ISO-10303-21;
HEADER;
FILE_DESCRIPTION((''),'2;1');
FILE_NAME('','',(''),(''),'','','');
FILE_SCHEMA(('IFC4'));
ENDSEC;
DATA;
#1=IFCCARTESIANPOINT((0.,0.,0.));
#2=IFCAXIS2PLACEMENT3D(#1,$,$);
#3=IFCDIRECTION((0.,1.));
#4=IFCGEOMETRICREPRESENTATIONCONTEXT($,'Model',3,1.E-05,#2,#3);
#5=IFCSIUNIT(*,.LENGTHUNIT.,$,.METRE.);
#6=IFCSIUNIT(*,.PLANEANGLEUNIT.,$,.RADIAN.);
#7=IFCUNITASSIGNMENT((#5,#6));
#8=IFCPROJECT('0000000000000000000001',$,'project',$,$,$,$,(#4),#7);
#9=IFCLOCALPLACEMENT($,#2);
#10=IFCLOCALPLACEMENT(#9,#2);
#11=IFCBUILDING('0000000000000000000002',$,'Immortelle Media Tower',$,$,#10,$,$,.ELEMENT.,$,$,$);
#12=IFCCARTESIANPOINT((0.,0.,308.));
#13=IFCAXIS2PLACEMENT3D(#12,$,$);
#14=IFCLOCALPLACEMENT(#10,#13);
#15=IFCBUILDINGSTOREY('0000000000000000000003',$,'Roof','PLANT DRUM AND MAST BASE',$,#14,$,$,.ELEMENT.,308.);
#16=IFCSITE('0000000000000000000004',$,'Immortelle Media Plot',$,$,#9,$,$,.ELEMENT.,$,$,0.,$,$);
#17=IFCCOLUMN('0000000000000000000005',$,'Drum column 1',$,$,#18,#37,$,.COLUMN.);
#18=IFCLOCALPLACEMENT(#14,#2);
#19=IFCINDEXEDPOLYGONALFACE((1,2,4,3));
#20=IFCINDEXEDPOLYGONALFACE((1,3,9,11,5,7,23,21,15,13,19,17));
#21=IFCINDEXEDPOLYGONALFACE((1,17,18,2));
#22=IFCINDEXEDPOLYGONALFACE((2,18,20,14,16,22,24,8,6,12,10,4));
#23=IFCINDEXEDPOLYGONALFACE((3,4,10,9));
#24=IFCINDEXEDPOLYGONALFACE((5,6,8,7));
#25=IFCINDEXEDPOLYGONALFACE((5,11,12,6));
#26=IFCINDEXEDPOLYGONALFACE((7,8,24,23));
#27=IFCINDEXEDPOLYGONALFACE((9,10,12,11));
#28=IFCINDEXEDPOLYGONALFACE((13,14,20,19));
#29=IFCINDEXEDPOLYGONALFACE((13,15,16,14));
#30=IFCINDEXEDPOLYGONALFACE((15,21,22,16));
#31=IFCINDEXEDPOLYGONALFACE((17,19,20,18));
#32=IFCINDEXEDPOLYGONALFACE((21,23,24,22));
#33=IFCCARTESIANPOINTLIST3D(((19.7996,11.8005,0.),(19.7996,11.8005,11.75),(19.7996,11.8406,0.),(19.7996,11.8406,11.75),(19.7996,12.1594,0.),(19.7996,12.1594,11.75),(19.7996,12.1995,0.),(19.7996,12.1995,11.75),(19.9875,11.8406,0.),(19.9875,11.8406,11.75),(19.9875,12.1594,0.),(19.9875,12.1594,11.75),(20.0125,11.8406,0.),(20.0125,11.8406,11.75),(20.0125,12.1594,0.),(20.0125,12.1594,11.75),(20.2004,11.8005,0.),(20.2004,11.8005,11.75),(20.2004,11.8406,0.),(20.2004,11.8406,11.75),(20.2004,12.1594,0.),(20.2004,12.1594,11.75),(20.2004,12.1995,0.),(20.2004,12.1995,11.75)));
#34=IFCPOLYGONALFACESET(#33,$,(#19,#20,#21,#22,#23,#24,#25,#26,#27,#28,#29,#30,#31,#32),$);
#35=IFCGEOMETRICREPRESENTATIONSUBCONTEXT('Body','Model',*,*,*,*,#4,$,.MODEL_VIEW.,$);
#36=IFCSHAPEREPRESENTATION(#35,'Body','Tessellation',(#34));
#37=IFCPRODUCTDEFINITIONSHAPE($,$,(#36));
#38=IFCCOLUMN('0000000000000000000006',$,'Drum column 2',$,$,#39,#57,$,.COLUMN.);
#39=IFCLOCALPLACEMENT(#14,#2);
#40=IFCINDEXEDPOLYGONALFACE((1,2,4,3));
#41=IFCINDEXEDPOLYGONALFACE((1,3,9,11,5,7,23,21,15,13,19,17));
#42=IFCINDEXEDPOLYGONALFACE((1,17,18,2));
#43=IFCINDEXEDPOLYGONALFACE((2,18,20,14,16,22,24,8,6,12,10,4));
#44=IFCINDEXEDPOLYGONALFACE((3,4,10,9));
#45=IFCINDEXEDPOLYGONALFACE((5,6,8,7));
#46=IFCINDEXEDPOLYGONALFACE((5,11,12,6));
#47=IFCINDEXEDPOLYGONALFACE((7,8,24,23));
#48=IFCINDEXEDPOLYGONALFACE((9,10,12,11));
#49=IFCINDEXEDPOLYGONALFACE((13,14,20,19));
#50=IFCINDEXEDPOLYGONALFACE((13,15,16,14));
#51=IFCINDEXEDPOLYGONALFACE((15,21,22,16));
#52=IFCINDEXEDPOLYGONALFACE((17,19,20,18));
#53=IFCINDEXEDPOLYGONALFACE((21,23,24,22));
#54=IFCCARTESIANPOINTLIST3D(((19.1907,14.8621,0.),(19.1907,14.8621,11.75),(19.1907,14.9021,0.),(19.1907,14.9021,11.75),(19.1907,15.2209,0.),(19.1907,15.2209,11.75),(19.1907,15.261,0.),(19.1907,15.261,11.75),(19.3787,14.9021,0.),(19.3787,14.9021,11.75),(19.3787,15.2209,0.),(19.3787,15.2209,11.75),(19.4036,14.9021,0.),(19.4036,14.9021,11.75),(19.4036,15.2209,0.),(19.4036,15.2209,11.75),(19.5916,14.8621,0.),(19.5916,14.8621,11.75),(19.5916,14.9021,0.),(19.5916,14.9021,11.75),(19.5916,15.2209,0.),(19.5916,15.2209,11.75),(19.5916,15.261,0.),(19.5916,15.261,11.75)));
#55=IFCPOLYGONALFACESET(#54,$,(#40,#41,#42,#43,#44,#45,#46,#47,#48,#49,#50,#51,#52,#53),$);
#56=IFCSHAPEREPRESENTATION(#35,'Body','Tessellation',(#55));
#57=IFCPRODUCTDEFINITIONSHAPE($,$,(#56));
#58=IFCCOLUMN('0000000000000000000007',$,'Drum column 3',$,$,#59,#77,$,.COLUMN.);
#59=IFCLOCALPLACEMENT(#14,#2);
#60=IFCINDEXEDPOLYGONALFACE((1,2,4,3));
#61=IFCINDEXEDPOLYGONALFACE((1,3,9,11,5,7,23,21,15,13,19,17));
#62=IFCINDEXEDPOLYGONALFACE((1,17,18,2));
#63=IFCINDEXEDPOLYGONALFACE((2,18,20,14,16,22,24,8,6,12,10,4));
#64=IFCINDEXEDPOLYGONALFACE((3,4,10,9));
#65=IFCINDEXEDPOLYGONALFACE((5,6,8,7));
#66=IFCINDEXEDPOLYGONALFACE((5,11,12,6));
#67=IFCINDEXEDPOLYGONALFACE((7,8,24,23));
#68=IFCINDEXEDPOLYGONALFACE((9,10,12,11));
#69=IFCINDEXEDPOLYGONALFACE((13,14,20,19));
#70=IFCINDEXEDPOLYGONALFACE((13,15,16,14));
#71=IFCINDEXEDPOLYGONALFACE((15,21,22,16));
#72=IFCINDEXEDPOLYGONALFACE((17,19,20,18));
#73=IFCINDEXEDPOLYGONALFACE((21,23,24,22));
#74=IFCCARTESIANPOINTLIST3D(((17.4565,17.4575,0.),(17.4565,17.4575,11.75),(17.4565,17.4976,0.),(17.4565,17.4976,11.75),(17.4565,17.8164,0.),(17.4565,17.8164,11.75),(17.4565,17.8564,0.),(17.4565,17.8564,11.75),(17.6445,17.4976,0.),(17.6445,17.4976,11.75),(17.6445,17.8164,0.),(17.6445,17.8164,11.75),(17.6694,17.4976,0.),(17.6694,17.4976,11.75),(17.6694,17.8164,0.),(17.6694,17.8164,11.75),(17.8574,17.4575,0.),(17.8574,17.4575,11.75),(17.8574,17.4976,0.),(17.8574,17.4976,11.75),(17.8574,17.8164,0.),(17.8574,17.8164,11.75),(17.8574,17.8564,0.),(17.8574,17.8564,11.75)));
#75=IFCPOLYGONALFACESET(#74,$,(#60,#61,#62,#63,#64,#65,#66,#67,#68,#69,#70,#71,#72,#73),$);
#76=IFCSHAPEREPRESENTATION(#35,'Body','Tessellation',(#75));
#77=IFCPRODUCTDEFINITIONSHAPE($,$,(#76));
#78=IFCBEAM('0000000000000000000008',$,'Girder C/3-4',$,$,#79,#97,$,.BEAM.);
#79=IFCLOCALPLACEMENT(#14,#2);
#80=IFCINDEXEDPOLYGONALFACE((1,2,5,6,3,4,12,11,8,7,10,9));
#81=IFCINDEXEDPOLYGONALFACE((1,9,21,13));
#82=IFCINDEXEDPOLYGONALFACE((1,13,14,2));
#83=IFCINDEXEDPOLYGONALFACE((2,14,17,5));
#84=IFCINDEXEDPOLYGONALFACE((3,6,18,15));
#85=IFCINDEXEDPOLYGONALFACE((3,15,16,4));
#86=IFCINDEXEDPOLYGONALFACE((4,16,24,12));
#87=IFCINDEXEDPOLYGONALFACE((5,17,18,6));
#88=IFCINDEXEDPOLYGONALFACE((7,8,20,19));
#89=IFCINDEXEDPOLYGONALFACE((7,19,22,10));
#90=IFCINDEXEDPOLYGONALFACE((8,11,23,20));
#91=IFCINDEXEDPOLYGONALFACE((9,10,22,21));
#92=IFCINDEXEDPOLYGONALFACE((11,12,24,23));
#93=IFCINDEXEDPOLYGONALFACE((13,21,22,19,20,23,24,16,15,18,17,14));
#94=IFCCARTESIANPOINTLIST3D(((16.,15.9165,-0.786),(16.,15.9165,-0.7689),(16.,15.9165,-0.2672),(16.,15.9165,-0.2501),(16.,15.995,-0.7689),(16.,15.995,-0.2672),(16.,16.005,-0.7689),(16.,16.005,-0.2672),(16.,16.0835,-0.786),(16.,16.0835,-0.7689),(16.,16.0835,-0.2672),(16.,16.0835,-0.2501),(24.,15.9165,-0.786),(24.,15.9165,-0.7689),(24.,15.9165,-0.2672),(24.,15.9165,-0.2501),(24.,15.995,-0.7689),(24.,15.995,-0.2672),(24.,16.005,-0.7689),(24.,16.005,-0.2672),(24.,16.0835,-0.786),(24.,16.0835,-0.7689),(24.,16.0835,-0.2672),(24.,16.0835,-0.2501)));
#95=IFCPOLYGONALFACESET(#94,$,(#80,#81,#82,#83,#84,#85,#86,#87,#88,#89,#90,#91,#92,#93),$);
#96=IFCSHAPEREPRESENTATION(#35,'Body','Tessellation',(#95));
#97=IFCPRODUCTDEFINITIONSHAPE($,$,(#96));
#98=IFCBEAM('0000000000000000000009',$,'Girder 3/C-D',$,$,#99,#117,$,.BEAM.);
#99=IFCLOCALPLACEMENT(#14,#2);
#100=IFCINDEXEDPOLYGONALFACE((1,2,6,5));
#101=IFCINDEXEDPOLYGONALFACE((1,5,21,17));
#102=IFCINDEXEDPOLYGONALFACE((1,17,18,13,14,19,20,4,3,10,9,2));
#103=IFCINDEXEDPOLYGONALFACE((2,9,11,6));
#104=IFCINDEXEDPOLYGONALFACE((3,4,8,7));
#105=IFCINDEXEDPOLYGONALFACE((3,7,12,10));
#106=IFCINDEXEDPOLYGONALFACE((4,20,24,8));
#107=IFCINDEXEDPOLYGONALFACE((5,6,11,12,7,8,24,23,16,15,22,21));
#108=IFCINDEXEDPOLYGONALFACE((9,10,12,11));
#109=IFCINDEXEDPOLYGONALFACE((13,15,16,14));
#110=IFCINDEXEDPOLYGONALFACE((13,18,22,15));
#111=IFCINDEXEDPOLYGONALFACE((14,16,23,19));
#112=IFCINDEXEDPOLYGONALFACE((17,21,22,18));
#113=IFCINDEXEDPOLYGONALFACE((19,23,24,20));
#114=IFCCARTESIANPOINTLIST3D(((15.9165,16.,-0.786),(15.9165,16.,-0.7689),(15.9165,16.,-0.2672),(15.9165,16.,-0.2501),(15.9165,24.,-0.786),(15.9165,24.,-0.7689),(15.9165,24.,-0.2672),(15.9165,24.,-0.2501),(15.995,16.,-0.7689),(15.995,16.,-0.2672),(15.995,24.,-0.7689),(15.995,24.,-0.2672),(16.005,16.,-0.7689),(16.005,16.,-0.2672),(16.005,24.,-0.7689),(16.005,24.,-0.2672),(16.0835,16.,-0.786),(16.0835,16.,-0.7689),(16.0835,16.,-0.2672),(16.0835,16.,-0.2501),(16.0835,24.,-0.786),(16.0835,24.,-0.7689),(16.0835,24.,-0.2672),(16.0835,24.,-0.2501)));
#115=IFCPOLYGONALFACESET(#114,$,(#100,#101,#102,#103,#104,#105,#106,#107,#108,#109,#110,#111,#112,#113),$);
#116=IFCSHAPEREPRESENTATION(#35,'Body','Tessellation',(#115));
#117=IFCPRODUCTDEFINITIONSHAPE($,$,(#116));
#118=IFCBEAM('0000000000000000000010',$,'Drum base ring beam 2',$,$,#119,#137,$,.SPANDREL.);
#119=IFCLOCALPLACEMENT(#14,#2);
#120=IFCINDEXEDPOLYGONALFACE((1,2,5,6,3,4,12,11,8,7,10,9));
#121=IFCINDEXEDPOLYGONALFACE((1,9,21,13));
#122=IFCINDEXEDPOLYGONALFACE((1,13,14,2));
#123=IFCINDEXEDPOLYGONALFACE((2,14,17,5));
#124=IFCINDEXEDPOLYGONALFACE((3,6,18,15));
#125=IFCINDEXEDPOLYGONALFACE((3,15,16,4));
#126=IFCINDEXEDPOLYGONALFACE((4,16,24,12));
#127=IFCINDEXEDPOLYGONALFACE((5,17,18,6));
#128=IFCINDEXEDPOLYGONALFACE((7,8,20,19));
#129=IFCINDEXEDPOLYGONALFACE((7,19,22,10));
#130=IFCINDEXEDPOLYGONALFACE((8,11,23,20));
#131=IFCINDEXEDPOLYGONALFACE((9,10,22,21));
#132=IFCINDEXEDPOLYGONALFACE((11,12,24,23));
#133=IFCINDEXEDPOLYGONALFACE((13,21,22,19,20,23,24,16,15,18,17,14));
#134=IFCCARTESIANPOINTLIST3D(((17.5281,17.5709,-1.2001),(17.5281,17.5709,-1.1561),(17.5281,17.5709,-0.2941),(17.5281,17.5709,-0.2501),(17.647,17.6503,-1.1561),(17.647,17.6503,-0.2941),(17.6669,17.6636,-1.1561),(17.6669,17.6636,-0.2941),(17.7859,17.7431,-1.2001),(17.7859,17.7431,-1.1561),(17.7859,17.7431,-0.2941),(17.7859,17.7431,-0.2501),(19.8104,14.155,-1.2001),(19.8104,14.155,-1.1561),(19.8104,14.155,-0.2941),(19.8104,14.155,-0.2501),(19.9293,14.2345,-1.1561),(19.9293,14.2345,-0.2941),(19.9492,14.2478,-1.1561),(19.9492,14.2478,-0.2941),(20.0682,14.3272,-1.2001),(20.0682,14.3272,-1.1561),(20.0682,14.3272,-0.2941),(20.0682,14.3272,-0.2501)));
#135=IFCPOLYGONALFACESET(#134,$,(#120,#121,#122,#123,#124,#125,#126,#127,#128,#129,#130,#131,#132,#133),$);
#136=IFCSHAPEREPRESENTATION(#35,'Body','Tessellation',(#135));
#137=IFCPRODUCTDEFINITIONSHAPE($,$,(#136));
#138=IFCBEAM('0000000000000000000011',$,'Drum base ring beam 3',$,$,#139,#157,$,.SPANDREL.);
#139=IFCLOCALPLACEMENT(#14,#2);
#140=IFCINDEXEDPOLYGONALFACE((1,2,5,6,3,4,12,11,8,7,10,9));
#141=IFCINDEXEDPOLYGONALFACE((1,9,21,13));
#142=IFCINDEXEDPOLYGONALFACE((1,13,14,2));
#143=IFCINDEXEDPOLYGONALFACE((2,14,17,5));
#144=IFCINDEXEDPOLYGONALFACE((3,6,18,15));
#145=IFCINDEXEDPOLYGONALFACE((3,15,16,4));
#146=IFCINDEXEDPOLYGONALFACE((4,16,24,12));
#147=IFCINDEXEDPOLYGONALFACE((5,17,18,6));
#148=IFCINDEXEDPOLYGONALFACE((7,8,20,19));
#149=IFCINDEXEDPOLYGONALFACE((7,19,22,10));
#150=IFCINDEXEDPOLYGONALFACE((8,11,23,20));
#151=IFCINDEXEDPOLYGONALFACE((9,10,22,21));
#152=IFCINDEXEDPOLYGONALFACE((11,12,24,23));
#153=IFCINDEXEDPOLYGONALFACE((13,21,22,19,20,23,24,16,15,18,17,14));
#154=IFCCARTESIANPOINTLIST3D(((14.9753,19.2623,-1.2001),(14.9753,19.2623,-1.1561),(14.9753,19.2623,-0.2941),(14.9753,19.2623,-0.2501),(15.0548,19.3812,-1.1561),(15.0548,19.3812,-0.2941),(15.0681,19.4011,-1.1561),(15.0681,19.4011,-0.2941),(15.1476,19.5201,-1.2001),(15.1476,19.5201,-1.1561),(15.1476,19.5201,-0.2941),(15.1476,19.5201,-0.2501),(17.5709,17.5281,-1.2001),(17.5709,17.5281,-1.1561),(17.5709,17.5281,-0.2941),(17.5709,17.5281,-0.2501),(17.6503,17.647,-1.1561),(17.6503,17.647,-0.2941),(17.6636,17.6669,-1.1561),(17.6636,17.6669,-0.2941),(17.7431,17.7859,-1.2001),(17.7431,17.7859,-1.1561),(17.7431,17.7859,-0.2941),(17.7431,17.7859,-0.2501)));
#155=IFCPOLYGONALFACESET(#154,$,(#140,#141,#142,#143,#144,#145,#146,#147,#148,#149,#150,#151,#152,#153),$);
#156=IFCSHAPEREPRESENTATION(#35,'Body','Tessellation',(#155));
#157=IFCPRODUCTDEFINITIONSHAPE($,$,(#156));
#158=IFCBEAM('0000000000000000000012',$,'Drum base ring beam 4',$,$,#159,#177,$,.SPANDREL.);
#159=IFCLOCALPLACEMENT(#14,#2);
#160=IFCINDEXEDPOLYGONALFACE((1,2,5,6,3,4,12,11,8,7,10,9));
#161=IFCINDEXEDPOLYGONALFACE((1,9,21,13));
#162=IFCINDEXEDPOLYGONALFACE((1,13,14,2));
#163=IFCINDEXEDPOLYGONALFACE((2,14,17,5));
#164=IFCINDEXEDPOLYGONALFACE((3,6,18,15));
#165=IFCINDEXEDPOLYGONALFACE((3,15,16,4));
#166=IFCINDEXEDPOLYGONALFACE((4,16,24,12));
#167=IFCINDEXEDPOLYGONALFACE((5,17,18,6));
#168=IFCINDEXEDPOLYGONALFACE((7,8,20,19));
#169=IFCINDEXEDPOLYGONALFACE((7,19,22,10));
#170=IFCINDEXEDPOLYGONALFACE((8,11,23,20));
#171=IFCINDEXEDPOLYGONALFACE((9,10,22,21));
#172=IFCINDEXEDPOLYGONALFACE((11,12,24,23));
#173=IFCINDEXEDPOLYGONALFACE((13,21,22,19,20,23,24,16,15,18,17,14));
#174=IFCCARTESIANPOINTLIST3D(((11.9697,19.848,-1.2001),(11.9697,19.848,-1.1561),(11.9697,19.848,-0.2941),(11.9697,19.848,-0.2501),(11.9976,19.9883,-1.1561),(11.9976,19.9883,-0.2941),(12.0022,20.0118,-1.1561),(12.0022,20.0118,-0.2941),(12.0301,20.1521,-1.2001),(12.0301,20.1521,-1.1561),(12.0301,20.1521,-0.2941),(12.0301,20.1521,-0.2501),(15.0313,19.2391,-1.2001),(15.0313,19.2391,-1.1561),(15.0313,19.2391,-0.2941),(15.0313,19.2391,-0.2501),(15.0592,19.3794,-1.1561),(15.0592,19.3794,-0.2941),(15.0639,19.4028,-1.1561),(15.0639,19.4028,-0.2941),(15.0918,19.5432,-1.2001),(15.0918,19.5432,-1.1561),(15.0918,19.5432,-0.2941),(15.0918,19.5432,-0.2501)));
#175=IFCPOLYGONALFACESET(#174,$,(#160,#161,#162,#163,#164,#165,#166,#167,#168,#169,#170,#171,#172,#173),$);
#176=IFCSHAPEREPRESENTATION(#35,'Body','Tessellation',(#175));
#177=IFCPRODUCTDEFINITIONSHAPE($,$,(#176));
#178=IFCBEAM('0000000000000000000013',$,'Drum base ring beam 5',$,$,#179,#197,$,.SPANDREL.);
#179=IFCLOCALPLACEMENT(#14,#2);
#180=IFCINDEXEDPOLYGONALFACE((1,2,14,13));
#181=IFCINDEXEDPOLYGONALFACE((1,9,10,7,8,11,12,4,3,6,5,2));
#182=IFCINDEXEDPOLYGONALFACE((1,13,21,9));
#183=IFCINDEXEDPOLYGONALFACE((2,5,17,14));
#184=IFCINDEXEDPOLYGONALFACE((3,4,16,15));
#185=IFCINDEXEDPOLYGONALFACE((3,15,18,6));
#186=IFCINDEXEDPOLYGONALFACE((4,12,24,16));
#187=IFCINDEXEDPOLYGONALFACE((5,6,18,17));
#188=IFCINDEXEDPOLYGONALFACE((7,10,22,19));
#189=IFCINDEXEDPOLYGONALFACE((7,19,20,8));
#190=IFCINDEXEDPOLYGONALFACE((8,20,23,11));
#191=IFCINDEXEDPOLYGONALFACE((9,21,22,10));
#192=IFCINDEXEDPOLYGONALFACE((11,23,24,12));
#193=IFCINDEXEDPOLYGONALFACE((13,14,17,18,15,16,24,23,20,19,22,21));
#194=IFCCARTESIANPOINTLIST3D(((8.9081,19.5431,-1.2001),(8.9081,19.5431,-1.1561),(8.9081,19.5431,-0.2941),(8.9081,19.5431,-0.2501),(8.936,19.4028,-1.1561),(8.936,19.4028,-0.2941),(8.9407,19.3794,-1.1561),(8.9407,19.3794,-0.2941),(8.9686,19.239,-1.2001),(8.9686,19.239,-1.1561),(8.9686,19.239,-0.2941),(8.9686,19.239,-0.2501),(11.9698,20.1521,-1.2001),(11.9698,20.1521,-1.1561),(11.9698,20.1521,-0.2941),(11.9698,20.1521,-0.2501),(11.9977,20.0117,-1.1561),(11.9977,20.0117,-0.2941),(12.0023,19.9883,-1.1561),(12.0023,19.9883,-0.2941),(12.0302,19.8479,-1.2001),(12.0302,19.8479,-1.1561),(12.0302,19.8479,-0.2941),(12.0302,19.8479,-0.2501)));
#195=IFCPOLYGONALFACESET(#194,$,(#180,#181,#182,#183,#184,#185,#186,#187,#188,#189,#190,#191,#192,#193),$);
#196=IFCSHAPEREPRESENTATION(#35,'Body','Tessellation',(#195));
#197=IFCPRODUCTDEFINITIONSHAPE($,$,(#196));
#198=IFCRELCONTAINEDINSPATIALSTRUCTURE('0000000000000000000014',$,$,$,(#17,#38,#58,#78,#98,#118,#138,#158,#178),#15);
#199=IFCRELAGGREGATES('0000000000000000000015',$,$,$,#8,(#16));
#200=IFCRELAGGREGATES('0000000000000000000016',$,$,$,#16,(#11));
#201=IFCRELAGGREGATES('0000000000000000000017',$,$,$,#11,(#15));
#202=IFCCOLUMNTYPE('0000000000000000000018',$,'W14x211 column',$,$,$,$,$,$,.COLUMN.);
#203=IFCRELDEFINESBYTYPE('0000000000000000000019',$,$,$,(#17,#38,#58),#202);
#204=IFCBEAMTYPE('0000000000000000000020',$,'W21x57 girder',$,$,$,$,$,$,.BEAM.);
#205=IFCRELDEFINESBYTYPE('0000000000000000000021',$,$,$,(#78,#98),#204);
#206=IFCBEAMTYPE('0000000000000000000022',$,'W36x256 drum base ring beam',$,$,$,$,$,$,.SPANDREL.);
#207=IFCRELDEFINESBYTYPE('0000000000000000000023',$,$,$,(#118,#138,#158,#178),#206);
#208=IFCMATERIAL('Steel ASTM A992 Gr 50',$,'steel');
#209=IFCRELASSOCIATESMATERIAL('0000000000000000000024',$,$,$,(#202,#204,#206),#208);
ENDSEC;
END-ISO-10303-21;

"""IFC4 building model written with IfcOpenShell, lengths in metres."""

from ifc_helpers import new_model, si_unit, direction, frame, origin, origin_2d, place, context, subcontext, project, spatial, i_section, extrude, material, material_profile, profile_set, type_object, element, save


model = new_model("IFC4")

# Units and contexts
model_context = context("Model", 3, precision=1e-05, world=origin(), true_north=direction((0.0, 1.0)))
body_context = subcontext(model_context, "Body", "Model", "MODEL_VIEW")
ifc_project = project(units=[si_unit("LENGTHUNIT", "METRE"), si_unit("PLANEANGLEUNIT", "RADIAN")], contexts=[model_context])

# Site, building, storey
site_placement = place(None, origin())
site = spatial("IfcSite", under=ifc_project, at=site_placement, Name="Immortelle Media Plot", CompositionType="ELEMENT", RefElevation=0.0)
building_placement = place(site_placement, origin())
building = spatial("IfcBuilding", under=site, at=building_placement, Name="Immortelle Media Tower", CompositionType="ELEMENT")
storey_placement = place(building_placement, frame((0.0, 0.0, 308.0)))
storey = spatial("IfcBuildingStorey", under=building, at=storey_placement, Name="Roof", Description="PLANT DRUM AND MAST BASE", CompositionType="ELEMENT", Elevation=308.0)

# Columns
ifc_material_1 = material(Name="Steel ASTM A992 Gr 50", Category="steel")
ifc_material_profile_1 = material_profile(ifc_material_1, i_section(OverallWidth=0.4009, OverallDepth=0.3989, WebThickness=0.0249, FlangeThickness=0.04, at=origin_2d()), Name="W14x211")
ifc_profile_set_1 = profile_set([ifc_material_profile_1], Name="Steel ASTM A992 Gr 50")
column_type = type_object("IfcColumnType", Name="W14x211 column", PredefinedType="COLUMN", material=ifc_profile_set_1)
for number, where, z_axis, x_axis, name in (
    (1, (20.0, 12.0, 0.0), (0.0, 0.0, 1.0), (1.0, 0.0, 0.0), "Drum column 1"),
    (2, (19.3911, 15.0615, 0.0), (0.0, 0.0, 1.0), (1.0, 0.0, 0.0), "Drum column 2"),
    (3, (17.657, 17.657, 0.0), (0.0, 0.0, 1.0), (1.0, 0.0, 0.0), "Drum column 3"),
):
    element("IfcColumn", number, at=place(storey_placement, frame(where, z_axis=z_axis, x_axis=x_axis)), inside=storey, type_object=column_type, Name=name, PredefinedType="COLUMN", context=body_context, shape_type="SweptSolid", body=[
        extrude(i_section(OverallWidth=0.4009, OverallDepth=0.3989, WebThickness=0.0249, FlangeThickness=0.04, at=origin_2d()), origin(), (0.0, 0.0, 1.0), 11.75),
    ])

# Beams
ifc_material_profile_2 = material_profile(ifc_material_1, i_section(OverallWidth=0.167, OverallDepth=0.5359, WebThickness=0.01, FlangeThickness=0.0171, at=origin_2d()), Name="W21x57")
ifc_profile_set_2 = profile_set([ifc_material_profile_2], Name="Steel ASTM A992 Gr 50")
beam_type_1 = type_object("IfcBeamType", Name="W21x57 girder", PredefinedType="BEAM", material=ifc_profile_set_2)
for number, where, z_axis, x_axis, name in (
    (4, (16.0, 16.0, -0.5181), (1.0, 0.0, 0.0), (0.0, 1.0, 0.0), "Girder C/3-4"),
    (5, (16.0, 16.0, -0.5181), (0.0, 1.0, 0.0), (-1.0, 0.0, 0.0), "Girder 3/C-D"),
):
    element("IfcBeam", number, at=place(storey_placement, frame(where, z_axis=z_axis, x_axis=x_axis)), inside=storey, type_object=beam_type_1, Name=name, PredefinedType="BEAM", context=body_context, shape_type="SweptSolid", body=[
        extrude(i_section(OverallWidth=0.167, OverallDepth=0.5359, WebThickness=0.01, FlangeThickness=0.0171, at=origin_2d()), origin(), (0.0, 0.0, 1.0), 8.0),
    ])
ifc_material_profile_3 = material_profile(ifc_material_1, i_section(OverallWidth=0.3101, OverallDepth=0.95, WebThickness=0.0239, FlangeThickness=0.0439, at=origin_2d()), Name="W36x256")
ifc_profile_set_3 = profile_set([ifc_material_profile_3], Name="Steel ASTM A992 Gr 50")
beam_type_2 = type_object("IfcBeamType", Name="W36x256 drum base ring beam", PredefinedType="SPANDREL", material=ifc_profile_set_3)
beam_1_placement = place(storey_placement, frame((17.657, 17.657, -0.7251), z_axis=(0.55555, -0.831483, 0.0), x_axis=(0.831483, 0.55555, 0.0)))
element("IfcBeam", 6, at=beam_1_placement, inside=storey, type_object=beam_type_2, Name="Drum base ring beam 2", PredefinedType="SPANDREL", context=body_context, shape_type="SweptSolid", body=[
    extrude(i_section(OverallWidth=0.3101, OverallDepth=0.95, WebThickness=0.0239, FlangeThickness=0.0439, at=origin_2d()), origin(), (0.0, 0.0, 1.0), 4.1082),
])
for number, where, z_axis, x_axis, name in (
    (7, (17.657, 17.657, -0.7251), (-0.831484, 0.555548, 0.0), (-0.555548, -0.831484, 0.0), "Drum base ring beam 3"),
    (8, (15.0615, 19.3911, -0.7251), (-0.980791, 0.195063, 0.0), (-0.195063, -0.980791, 0.0), "Drum base ring beam 4"),
    (9, (12.0, 20.0, -0.7251), (-0.980791, -0.195063, 0.0), (0.195063, -0.980791, 0.0), "Drum base ring beam 5"),
):
    element("IfcBeam", number, at=place(storey_placement, frame(where, z_axis=z_axis, x_axis=x_axis)), inside=storey, type_object=beam_type_2, Name=name, PredefinedType="SPANDREL", context=body_context, shape_type="SweptSolid", body=[
        extrude(i_section(OverallWidth=0.3101, OverallDepth=0.95, WebThickness=0.0239, FlangeThickness=0.0439, at=origin_2d()), origin(), (0.0, 0.0, 1.0), 3.1216),
    ])

save(model, "model.ifc")
